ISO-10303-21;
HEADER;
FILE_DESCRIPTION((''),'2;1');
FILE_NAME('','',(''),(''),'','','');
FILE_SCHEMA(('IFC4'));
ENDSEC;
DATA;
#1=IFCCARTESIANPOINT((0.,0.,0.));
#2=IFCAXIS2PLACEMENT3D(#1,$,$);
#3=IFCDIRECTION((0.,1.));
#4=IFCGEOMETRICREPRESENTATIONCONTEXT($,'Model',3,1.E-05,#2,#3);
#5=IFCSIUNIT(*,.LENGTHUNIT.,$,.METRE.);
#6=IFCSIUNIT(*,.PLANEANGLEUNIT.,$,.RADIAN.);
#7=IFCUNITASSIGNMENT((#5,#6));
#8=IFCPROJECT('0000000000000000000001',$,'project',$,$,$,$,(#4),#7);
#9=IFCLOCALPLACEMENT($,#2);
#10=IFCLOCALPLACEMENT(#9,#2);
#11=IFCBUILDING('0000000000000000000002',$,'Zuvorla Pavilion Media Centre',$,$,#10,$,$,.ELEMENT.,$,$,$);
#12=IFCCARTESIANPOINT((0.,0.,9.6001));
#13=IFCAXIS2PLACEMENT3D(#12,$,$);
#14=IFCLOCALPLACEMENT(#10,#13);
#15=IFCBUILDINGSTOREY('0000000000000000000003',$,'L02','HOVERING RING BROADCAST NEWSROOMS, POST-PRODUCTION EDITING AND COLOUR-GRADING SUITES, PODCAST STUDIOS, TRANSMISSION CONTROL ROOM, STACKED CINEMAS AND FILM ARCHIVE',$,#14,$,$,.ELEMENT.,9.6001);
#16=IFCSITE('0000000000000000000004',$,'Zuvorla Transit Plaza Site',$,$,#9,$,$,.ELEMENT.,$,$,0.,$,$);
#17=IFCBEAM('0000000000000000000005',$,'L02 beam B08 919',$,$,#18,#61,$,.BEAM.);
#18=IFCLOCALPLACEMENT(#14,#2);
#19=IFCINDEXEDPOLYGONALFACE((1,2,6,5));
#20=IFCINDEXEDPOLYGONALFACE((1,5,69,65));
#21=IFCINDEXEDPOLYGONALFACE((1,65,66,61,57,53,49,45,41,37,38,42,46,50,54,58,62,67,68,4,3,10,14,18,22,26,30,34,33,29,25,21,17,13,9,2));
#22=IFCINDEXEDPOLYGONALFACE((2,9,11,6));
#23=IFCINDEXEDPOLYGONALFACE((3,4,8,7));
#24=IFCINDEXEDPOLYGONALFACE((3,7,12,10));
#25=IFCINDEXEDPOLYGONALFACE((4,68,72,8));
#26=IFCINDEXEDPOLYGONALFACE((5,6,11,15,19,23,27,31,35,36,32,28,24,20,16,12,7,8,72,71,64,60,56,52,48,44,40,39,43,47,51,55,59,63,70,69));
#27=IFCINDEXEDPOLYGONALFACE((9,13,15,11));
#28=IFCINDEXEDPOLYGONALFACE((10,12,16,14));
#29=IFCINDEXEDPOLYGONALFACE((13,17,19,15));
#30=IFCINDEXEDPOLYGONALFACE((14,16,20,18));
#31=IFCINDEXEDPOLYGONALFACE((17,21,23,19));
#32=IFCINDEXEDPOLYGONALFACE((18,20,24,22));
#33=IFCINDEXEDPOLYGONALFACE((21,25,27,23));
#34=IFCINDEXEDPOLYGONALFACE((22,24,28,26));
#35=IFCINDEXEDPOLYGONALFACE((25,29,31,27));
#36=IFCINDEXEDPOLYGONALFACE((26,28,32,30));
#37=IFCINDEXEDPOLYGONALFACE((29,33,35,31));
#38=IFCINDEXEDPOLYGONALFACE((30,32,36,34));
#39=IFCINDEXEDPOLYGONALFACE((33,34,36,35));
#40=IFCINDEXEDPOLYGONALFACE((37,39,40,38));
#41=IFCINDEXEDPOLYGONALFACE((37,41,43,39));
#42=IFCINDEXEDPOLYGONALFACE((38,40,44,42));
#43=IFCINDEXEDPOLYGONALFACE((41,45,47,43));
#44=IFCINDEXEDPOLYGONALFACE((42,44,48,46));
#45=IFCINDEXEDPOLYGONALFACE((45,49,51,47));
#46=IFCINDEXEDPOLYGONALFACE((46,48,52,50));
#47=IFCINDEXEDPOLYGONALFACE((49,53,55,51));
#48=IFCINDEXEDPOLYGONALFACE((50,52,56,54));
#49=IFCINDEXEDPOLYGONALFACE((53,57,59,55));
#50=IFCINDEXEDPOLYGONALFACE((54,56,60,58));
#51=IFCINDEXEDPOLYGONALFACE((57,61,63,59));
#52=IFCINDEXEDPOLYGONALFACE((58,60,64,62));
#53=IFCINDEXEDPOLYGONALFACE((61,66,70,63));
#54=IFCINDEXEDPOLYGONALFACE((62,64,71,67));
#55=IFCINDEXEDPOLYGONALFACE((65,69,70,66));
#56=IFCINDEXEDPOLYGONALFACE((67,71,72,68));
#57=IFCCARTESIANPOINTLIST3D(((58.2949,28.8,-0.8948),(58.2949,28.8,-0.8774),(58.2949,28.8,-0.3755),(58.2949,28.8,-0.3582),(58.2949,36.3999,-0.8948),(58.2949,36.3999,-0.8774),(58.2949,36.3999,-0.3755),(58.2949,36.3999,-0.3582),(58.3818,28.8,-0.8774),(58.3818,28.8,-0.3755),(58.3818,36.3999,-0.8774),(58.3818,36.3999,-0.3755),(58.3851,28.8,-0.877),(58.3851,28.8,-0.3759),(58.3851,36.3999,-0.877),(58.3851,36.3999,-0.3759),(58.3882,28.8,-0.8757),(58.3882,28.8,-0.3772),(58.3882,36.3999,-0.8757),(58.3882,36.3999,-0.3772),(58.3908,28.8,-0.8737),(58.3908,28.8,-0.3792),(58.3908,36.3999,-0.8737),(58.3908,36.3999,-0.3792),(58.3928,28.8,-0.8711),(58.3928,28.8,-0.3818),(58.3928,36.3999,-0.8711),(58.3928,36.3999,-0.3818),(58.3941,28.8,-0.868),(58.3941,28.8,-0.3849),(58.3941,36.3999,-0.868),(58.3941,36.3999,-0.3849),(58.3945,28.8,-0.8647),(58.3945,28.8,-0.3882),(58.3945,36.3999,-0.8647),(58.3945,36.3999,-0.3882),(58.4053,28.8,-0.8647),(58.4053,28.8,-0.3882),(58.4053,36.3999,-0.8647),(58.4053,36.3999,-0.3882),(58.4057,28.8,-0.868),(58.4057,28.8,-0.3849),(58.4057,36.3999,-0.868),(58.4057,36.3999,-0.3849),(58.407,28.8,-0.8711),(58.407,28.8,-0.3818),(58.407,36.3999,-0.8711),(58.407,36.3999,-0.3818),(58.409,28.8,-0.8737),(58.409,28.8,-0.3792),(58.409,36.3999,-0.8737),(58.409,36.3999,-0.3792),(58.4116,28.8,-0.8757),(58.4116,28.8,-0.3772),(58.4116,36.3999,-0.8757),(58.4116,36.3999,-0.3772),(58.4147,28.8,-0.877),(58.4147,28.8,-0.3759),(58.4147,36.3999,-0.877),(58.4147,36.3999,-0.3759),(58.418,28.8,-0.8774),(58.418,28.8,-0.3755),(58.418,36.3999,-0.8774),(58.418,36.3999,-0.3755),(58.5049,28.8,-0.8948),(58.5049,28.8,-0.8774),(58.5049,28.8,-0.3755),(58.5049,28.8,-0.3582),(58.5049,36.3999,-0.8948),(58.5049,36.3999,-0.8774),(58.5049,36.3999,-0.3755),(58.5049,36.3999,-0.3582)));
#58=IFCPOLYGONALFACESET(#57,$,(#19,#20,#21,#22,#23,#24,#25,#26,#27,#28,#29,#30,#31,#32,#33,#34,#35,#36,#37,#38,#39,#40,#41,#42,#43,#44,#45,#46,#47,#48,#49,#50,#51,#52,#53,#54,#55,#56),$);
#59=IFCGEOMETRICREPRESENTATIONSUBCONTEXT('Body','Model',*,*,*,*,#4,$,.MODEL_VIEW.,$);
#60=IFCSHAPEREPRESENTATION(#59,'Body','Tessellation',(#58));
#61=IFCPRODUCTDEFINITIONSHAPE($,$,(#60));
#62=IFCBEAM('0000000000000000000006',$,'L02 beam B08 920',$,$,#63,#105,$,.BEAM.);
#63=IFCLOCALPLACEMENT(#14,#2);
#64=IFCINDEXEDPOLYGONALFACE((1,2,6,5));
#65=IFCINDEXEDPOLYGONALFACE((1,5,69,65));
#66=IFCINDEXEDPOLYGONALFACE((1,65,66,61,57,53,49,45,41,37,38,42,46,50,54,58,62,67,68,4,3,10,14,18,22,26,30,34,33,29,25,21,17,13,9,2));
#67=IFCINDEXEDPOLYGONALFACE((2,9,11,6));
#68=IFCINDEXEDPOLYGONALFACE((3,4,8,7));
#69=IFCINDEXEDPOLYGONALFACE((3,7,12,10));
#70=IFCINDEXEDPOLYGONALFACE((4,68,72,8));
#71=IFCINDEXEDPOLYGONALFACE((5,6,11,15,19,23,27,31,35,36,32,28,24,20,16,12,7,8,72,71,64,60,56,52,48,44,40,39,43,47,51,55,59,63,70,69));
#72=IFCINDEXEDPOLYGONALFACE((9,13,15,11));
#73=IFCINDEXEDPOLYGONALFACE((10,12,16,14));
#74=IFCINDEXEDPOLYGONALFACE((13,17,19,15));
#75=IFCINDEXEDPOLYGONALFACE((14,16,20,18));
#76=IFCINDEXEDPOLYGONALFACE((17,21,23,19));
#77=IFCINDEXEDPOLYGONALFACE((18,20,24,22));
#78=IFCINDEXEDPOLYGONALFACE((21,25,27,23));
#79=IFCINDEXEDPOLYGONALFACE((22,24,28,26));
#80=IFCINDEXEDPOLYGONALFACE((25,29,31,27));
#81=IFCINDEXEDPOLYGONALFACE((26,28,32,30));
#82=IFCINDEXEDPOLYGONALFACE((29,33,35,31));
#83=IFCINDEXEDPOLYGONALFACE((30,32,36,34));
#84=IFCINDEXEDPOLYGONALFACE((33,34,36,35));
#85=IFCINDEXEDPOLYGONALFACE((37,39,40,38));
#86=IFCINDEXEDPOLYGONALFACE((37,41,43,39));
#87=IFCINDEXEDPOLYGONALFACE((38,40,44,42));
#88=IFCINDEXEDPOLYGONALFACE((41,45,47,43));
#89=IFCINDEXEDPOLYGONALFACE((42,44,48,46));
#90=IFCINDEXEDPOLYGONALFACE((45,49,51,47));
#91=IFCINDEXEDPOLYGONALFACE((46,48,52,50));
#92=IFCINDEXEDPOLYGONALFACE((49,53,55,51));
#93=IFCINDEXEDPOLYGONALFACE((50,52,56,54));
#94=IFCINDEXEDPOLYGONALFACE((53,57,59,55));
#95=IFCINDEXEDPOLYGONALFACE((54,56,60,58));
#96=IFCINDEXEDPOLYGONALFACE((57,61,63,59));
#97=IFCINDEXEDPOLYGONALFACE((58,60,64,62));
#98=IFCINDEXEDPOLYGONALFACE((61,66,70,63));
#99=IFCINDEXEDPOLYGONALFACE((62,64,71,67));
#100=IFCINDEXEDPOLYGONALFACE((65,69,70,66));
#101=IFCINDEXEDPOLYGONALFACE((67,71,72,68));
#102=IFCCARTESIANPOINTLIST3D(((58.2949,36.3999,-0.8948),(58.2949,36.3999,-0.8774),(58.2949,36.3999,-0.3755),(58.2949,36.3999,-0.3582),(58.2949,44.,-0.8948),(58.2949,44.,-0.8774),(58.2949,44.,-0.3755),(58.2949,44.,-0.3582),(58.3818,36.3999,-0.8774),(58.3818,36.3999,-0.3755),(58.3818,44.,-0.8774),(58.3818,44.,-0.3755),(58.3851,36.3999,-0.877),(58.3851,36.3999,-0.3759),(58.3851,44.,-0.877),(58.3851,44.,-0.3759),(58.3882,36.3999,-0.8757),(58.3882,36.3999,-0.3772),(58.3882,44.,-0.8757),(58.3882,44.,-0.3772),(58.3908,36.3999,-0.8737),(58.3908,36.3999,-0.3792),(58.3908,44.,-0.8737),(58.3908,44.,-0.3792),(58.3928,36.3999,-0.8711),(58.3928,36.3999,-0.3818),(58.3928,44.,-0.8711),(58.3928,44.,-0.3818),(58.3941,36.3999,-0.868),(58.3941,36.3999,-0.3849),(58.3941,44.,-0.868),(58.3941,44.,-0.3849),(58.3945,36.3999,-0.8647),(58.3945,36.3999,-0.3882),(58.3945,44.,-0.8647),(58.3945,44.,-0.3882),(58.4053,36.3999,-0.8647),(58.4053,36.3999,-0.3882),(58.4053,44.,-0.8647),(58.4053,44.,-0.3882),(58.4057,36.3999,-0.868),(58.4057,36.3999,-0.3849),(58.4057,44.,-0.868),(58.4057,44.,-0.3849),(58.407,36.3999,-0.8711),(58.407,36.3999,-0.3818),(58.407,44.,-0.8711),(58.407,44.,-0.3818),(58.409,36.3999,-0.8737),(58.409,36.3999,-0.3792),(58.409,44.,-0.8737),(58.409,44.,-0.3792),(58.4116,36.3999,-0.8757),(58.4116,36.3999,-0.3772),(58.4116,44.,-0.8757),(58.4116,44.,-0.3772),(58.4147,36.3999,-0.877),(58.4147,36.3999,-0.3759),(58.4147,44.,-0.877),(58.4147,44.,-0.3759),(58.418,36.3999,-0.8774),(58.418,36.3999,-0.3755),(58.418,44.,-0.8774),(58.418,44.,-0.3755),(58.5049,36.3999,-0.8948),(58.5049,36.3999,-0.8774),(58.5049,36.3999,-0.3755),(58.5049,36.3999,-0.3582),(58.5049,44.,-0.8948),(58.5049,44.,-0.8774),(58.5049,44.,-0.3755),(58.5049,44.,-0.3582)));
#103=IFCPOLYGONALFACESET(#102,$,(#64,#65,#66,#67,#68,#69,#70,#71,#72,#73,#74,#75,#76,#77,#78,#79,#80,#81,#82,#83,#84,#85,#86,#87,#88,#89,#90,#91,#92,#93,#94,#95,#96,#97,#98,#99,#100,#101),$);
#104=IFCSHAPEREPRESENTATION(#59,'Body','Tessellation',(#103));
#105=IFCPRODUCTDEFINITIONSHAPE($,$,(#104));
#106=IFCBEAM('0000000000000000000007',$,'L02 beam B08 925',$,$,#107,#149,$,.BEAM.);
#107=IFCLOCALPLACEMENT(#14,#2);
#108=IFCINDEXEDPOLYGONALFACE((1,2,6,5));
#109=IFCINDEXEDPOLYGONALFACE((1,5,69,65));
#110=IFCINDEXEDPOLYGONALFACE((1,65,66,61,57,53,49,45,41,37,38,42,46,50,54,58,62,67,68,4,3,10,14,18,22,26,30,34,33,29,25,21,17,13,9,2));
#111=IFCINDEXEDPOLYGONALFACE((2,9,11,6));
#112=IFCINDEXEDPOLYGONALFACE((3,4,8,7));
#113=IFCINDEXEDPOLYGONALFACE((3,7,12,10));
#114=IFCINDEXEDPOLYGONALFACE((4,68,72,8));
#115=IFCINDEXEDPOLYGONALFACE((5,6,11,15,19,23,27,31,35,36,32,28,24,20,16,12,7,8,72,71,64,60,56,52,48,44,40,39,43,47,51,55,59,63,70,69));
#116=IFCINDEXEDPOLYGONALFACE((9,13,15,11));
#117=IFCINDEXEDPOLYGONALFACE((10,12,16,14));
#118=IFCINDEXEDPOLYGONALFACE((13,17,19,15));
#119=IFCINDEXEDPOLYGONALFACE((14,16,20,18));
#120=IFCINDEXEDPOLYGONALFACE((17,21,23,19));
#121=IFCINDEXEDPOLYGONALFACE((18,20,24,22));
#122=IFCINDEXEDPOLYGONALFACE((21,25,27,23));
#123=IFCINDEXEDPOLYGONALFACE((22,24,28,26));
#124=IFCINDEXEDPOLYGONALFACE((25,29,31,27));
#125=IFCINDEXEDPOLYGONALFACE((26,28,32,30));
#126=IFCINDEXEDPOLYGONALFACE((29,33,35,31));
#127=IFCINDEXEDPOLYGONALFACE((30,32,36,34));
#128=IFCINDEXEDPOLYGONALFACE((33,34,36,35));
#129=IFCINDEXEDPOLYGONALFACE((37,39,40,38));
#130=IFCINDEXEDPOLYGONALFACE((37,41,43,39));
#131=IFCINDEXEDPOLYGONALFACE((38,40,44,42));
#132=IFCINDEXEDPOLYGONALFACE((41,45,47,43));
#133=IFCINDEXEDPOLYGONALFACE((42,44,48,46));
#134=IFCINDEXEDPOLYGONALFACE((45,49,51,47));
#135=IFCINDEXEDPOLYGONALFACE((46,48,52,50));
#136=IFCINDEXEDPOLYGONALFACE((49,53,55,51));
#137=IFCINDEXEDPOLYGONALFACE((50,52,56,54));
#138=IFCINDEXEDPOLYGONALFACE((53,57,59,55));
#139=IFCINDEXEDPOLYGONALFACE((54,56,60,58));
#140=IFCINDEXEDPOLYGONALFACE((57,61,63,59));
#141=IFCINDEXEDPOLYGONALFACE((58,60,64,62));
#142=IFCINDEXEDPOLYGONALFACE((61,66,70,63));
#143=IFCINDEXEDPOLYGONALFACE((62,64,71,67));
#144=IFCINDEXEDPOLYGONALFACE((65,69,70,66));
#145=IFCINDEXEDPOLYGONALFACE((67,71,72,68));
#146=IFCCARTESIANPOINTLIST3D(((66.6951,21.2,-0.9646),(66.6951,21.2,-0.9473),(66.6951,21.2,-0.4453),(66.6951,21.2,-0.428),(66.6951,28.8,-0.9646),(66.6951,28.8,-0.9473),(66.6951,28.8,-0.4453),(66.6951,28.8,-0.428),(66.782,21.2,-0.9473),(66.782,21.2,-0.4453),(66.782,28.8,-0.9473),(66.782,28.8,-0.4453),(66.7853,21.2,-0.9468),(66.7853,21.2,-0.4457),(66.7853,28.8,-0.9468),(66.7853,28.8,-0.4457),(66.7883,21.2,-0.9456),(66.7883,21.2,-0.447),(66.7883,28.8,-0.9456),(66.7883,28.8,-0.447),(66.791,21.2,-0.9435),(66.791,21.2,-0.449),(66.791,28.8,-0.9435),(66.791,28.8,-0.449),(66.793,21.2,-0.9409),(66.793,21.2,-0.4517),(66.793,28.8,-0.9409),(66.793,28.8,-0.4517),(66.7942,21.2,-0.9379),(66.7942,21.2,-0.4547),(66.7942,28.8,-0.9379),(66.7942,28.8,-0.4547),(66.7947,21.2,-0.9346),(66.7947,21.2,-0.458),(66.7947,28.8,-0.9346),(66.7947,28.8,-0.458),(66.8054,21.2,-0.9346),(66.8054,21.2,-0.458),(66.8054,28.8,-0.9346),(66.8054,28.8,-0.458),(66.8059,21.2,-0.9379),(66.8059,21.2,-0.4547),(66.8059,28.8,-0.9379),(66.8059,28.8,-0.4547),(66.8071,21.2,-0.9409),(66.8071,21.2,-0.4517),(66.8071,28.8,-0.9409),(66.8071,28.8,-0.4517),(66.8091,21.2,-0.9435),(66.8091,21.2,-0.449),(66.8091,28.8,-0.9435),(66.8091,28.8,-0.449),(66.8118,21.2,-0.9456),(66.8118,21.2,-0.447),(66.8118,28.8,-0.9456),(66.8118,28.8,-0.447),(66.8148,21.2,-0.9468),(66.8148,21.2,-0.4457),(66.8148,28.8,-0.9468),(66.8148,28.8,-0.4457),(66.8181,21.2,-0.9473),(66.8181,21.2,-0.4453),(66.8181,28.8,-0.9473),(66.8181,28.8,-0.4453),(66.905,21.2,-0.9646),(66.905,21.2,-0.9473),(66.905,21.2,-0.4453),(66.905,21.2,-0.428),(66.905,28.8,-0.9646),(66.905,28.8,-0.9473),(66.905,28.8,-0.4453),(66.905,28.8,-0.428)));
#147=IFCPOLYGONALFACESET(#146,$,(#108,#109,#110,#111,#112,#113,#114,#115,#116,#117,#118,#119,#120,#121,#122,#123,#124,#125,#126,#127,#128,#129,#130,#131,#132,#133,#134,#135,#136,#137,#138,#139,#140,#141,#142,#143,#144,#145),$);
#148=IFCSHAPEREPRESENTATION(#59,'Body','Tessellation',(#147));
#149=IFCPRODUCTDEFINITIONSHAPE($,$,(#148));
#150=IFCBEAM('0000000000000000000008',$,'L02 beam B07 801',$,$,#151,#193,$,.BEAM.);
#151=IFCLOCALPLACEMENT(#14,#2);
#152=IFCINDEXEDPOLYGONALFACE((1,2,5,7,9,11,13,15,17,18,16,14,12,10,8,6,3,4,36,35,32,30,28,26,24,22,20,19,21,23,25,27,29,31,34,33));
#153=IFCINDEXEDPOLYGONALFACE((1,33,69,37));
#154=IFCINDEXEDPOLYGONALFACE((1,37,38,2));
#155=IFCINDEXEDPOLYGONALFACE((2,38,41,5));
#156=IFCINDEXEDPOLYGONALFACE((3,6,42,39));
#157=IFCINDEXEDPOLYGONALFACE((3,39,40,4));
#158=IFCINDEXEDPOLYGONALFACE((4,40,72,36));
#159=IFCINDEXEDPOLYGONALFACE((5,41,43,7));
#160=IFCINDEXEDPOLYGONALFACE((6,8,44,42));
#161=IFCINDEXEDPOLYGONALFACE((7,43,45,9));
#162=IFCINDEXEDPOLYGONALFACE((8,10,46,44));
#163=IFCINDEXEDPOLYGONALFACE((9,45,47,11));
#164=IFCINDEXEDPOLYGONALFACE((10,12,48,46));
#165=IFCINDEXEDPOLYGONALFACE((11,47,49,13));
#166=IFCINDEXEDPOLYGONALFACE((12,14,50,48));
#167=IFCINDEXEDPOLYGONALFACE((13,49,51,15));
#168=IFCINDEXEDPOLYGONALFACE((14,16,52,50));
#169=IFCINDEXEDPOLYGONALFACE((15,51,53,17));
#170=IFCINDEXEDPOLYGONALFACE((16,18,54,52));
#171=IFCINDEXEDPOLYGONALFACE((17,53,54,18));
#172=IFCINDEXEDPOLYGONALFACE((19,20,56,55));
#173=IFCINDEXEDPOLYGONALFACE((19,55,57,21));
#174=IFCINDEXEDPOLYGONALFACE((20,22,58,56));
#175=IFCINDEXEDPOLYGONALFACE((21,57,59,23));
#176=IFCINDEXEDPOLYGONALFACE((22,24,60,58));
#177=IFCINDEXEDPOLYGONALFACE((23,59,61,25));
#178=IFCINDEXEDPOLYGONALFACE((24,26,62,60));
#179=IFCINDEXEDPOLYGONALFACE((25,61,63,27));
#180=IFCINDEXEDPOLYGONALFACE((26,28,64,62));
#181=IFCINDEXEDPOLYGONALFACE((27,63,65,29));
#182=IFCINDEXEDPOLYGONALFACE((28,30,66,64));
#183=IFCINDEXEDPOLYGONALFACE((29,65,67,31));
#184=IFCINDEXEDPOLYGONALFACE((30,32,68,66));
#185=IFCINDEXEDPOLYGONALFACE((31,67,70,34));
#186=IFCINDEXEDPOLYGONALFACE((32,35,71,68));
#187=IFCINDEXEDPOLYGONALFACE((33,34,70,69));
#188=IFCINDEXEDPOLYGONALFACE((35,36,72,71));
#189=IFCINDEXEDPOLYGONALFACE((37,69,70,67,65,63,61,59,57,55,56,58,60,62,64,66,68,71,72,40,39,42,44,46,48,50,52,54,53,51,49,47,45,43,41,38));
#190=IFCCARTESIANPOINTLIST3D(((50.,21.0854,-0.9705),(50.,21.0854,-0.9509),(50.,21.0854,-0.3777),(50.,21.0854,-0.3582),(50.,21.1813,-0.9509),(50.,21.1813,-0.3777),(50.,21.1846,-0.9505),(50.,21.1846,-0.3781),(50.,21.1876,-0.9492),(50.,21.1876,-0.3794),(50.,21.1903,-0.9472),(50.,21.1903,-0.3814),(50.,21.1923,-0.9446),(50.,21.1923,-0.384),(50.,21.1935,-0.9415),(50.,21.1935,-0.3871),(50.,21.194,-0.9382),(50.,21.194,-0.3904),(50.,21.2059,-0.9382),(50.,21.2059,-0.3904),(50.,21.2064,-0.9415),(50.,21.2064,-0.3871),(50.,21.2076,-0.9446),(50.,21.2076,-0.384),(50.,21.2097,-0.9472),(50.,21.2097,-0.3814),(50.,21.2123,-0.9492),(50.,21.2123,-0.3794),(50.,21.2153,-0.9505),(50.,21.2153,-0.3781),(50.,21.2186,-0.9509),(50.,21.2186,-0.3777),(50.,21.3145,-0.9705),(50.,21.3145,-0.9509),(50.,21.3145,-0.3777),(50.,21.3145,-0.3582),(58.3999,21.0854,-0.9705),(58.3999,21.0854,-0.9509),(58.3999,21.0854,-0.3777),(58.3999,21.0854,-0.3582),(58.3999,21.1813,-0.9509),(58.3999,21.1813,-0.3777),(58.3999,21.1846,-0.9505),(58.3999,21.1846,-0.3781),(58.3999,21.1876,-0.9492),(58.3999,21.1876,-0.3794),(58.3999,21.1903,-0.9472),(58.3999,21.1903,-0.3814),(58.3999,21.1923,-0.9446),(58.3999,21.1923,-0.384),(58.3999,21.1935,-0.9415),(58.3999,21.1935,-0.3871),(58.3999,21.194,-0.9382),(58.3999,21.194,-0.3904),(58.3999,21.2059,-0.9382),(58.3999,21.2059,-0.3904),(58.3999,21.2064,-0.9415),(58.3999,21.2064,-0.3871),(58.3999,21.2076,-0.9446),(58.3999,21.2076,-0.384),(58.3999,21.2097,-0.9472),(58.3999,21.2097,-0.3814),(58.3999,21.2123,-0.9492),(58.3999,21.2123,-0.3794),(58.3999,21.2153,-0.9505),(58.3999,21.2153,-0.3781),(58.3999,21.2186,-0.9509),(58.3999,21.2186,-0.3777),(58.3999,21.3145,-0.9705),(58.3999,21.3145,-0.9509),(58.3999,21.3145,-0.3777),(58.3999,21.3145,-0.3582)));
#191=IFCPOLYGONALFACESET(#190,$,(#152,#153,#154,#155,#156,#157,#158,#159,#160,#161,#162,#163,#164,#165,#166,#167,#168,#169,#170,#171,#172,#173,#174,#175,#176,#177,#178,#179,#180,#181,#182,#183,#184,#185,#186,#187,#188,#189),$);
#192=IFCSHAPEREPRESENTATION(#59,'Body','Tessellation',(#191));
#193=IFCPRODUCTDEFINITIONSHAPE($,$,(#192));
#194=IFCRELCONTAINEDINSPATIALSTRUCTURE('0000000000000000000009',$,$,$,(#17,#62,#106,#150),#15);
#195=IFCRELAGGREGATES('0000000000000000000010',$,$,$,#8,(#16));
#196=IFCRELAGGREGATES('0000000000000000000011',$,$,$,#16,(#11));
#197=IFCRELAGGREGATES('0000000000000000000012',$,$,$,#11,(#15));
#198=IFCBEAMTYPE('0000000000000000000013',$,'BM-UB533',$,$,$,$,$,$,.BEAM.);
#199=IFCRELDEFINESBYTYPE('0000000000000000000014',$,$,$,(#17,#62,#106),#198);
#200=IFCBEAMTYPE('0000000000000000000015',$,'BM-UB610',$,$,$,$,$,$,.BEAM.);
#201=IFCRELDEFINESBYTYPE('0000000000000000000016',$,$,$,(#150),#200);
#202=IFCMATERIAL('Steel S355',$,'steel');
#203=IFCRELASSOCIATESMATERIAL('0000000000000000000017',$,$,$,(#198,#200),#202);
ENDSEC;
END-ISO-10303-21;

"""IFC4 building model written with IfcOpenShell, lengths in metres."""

from ifc_helpers import new_model, si_unit, direction, frame, origin, origin_2d, place, context, subcontext, project, spatial, i_section, extrude, material, material_profile, profile_set, type_object, element, save


model = new_model("IFC4")

# Units and contexts
model_context = context("Model", 3, precision=1e-05, world=origin(), true_north=direction((0.0, 1.0)))
body_context = subcontext(model_context, "Body", "Model", "MODEL_VIEW")
ifc_project = project(units=[si_unit("LENGTHUNIT", "METRE"), si_unit("PLANEANGLEUNIT", "RADIAN")], contexts=[model_context])

# Site, building, storey
site_placement = place(None, origin())
site = spatial("IfcSite", under=ifc_project, at=site_placement, Name="Zuvorla Transit Plaza Site", CompositionType="ELEMENT", RefElevation=0.0)
building_placement = place(site_placement, origin())
building = spatial("IfcBuilding", under=site, at=building_placement, Name="Zuvorla Pavilion Media Centre", CompositionType="ELEMENT")
storey_placement = place(building_placement, frame((0.0, 0.0, 9.6001)))
storey = spatial("IfcBuildingStorey", under=building, at=storey_placement, Name="L02", Description="HOVERING RING BROADCAST NEWSROOMS, POST-PRODUCTION EDITING AND COLOUR-GRADING SUITES, PODCAST STUDIOS, TRANSMISSION CONTROL ROOM, STACKED CINEMAS AND FILM ARCHIVE", CompositionType="ELEMENT", Elevation=9.6001)

# Beams
ifc_material_1 = material(Name="Steel S355", Category="steel")
ifc_material_profile_1 = material_profile(ifc_material_1, i_section(OverallWidth=0.21, OverallDepth=0.5366, WebThickness=0.0107, FlangeThickness=0.0173, FilletRadius=0.0127, at=origin_2d()), Name="UB 533x210x101")
ifc_profile_set_1 = profile_set([ifc_material_profile_1], Name="Steel S355")
beam_type_1 = type_object("IfcBeamType", Name="BM-UB533", PredefinedType="BEAM", material=ifc_profile_set_1)
beam_1_placement = place(storey_placement, frame((58.3999, 28.8, -0.6265), z_axis=(0.0, 1.0, 0.0), x_axis=(-1.0, 0.0, 0.0)))
element("IfcBeam", 1, at=beam_1_placement, inside=storey, type_object=beam_type_1, Name="L02 beam B08 919", PredefinedType="BEAM", context=body_context, shape_type="SweptSolid", body=[
    extrude(i_section(OverallWidth=0.21, OverallDepth=0.5366, WebThickness=0.0107, FlangeThickness=0.0173, FilletRadius=0.0127, at=origin_2d()), origin(), (0.0, 0.0, 1.0), 7.5999),
])
for number, where, z_axis, x_axis, name in (
    (2, (58.3999, 36.3999, -0.6265), (0.0, 1.0, 0.0), (-1.0, 0.0, 0.0), "L02 beam B08 920"),
    (3, (66.8, 21.2, -0.6963), (0.0, 1.0, 0.0), (-1.0, 0.0, 0.0), "L02 beam B08 925"),
):
    element("IfcBeam", number, at=place(storey_placement, frame(where, z_axis=z_axis, x_axis=x_axis)), inside=storey, type_object=beam_type_1, Name=name, PredefinedType="BEAM", context=body_context, shape_type="SweptSolid", body=[
        extrude(i_section(OverallWidth=0.21, OverallDepth=0.5366, WebThickness=0.0107, FlangeThickness=0.0173, FilletRadius=0.0127, at=origin_2d()), origin(), (0.0, 0.0, 1.0), 7.6001),
    ])
ifc_material_profile_2 = material_profile(ifc_material_1, i_section(OverallWidth=0.229, OverallDepth=0.6123, WebThickness=0.012, FlangeThickness=0.0195, FilletRadius=0.0127, at=origin_2d()), Name="UB 610x229x125")
ifc_profile_set_2 = profile_set([ifc_material_profile_2], Name="Steel S355")
beam_type_2 = type_object("IfcBeamType", Name="BM-UB610", PredefinedType="BEAM", material=ifc_profile_set_2)
beam_2_placement = place(storey_placement, frame((50.0, 21.2, -0.6643), z_axis=(1.0, 0.0, 0.0), x_axis=(0.0, 1.0, 0.0)))
element("IfcBeam", 4, at=beam_2_placement, inside=storey, type_object=beam_type_2, Name="L02 beam B07 801", PredefinedType="BEAM", context=body_context, shape_type="SweptSolid", body=[
    extrude(i_section(OverallWidth=0.229, OverallDepth=0.6123, WebThickness=0.012, FlangeThickness=0.0195, FilletRadius=0.0127, at=origin_2d()), origin(), (0.0, 0.0, 1.0), 8.3999),
])

save(model, "model.ifc")
